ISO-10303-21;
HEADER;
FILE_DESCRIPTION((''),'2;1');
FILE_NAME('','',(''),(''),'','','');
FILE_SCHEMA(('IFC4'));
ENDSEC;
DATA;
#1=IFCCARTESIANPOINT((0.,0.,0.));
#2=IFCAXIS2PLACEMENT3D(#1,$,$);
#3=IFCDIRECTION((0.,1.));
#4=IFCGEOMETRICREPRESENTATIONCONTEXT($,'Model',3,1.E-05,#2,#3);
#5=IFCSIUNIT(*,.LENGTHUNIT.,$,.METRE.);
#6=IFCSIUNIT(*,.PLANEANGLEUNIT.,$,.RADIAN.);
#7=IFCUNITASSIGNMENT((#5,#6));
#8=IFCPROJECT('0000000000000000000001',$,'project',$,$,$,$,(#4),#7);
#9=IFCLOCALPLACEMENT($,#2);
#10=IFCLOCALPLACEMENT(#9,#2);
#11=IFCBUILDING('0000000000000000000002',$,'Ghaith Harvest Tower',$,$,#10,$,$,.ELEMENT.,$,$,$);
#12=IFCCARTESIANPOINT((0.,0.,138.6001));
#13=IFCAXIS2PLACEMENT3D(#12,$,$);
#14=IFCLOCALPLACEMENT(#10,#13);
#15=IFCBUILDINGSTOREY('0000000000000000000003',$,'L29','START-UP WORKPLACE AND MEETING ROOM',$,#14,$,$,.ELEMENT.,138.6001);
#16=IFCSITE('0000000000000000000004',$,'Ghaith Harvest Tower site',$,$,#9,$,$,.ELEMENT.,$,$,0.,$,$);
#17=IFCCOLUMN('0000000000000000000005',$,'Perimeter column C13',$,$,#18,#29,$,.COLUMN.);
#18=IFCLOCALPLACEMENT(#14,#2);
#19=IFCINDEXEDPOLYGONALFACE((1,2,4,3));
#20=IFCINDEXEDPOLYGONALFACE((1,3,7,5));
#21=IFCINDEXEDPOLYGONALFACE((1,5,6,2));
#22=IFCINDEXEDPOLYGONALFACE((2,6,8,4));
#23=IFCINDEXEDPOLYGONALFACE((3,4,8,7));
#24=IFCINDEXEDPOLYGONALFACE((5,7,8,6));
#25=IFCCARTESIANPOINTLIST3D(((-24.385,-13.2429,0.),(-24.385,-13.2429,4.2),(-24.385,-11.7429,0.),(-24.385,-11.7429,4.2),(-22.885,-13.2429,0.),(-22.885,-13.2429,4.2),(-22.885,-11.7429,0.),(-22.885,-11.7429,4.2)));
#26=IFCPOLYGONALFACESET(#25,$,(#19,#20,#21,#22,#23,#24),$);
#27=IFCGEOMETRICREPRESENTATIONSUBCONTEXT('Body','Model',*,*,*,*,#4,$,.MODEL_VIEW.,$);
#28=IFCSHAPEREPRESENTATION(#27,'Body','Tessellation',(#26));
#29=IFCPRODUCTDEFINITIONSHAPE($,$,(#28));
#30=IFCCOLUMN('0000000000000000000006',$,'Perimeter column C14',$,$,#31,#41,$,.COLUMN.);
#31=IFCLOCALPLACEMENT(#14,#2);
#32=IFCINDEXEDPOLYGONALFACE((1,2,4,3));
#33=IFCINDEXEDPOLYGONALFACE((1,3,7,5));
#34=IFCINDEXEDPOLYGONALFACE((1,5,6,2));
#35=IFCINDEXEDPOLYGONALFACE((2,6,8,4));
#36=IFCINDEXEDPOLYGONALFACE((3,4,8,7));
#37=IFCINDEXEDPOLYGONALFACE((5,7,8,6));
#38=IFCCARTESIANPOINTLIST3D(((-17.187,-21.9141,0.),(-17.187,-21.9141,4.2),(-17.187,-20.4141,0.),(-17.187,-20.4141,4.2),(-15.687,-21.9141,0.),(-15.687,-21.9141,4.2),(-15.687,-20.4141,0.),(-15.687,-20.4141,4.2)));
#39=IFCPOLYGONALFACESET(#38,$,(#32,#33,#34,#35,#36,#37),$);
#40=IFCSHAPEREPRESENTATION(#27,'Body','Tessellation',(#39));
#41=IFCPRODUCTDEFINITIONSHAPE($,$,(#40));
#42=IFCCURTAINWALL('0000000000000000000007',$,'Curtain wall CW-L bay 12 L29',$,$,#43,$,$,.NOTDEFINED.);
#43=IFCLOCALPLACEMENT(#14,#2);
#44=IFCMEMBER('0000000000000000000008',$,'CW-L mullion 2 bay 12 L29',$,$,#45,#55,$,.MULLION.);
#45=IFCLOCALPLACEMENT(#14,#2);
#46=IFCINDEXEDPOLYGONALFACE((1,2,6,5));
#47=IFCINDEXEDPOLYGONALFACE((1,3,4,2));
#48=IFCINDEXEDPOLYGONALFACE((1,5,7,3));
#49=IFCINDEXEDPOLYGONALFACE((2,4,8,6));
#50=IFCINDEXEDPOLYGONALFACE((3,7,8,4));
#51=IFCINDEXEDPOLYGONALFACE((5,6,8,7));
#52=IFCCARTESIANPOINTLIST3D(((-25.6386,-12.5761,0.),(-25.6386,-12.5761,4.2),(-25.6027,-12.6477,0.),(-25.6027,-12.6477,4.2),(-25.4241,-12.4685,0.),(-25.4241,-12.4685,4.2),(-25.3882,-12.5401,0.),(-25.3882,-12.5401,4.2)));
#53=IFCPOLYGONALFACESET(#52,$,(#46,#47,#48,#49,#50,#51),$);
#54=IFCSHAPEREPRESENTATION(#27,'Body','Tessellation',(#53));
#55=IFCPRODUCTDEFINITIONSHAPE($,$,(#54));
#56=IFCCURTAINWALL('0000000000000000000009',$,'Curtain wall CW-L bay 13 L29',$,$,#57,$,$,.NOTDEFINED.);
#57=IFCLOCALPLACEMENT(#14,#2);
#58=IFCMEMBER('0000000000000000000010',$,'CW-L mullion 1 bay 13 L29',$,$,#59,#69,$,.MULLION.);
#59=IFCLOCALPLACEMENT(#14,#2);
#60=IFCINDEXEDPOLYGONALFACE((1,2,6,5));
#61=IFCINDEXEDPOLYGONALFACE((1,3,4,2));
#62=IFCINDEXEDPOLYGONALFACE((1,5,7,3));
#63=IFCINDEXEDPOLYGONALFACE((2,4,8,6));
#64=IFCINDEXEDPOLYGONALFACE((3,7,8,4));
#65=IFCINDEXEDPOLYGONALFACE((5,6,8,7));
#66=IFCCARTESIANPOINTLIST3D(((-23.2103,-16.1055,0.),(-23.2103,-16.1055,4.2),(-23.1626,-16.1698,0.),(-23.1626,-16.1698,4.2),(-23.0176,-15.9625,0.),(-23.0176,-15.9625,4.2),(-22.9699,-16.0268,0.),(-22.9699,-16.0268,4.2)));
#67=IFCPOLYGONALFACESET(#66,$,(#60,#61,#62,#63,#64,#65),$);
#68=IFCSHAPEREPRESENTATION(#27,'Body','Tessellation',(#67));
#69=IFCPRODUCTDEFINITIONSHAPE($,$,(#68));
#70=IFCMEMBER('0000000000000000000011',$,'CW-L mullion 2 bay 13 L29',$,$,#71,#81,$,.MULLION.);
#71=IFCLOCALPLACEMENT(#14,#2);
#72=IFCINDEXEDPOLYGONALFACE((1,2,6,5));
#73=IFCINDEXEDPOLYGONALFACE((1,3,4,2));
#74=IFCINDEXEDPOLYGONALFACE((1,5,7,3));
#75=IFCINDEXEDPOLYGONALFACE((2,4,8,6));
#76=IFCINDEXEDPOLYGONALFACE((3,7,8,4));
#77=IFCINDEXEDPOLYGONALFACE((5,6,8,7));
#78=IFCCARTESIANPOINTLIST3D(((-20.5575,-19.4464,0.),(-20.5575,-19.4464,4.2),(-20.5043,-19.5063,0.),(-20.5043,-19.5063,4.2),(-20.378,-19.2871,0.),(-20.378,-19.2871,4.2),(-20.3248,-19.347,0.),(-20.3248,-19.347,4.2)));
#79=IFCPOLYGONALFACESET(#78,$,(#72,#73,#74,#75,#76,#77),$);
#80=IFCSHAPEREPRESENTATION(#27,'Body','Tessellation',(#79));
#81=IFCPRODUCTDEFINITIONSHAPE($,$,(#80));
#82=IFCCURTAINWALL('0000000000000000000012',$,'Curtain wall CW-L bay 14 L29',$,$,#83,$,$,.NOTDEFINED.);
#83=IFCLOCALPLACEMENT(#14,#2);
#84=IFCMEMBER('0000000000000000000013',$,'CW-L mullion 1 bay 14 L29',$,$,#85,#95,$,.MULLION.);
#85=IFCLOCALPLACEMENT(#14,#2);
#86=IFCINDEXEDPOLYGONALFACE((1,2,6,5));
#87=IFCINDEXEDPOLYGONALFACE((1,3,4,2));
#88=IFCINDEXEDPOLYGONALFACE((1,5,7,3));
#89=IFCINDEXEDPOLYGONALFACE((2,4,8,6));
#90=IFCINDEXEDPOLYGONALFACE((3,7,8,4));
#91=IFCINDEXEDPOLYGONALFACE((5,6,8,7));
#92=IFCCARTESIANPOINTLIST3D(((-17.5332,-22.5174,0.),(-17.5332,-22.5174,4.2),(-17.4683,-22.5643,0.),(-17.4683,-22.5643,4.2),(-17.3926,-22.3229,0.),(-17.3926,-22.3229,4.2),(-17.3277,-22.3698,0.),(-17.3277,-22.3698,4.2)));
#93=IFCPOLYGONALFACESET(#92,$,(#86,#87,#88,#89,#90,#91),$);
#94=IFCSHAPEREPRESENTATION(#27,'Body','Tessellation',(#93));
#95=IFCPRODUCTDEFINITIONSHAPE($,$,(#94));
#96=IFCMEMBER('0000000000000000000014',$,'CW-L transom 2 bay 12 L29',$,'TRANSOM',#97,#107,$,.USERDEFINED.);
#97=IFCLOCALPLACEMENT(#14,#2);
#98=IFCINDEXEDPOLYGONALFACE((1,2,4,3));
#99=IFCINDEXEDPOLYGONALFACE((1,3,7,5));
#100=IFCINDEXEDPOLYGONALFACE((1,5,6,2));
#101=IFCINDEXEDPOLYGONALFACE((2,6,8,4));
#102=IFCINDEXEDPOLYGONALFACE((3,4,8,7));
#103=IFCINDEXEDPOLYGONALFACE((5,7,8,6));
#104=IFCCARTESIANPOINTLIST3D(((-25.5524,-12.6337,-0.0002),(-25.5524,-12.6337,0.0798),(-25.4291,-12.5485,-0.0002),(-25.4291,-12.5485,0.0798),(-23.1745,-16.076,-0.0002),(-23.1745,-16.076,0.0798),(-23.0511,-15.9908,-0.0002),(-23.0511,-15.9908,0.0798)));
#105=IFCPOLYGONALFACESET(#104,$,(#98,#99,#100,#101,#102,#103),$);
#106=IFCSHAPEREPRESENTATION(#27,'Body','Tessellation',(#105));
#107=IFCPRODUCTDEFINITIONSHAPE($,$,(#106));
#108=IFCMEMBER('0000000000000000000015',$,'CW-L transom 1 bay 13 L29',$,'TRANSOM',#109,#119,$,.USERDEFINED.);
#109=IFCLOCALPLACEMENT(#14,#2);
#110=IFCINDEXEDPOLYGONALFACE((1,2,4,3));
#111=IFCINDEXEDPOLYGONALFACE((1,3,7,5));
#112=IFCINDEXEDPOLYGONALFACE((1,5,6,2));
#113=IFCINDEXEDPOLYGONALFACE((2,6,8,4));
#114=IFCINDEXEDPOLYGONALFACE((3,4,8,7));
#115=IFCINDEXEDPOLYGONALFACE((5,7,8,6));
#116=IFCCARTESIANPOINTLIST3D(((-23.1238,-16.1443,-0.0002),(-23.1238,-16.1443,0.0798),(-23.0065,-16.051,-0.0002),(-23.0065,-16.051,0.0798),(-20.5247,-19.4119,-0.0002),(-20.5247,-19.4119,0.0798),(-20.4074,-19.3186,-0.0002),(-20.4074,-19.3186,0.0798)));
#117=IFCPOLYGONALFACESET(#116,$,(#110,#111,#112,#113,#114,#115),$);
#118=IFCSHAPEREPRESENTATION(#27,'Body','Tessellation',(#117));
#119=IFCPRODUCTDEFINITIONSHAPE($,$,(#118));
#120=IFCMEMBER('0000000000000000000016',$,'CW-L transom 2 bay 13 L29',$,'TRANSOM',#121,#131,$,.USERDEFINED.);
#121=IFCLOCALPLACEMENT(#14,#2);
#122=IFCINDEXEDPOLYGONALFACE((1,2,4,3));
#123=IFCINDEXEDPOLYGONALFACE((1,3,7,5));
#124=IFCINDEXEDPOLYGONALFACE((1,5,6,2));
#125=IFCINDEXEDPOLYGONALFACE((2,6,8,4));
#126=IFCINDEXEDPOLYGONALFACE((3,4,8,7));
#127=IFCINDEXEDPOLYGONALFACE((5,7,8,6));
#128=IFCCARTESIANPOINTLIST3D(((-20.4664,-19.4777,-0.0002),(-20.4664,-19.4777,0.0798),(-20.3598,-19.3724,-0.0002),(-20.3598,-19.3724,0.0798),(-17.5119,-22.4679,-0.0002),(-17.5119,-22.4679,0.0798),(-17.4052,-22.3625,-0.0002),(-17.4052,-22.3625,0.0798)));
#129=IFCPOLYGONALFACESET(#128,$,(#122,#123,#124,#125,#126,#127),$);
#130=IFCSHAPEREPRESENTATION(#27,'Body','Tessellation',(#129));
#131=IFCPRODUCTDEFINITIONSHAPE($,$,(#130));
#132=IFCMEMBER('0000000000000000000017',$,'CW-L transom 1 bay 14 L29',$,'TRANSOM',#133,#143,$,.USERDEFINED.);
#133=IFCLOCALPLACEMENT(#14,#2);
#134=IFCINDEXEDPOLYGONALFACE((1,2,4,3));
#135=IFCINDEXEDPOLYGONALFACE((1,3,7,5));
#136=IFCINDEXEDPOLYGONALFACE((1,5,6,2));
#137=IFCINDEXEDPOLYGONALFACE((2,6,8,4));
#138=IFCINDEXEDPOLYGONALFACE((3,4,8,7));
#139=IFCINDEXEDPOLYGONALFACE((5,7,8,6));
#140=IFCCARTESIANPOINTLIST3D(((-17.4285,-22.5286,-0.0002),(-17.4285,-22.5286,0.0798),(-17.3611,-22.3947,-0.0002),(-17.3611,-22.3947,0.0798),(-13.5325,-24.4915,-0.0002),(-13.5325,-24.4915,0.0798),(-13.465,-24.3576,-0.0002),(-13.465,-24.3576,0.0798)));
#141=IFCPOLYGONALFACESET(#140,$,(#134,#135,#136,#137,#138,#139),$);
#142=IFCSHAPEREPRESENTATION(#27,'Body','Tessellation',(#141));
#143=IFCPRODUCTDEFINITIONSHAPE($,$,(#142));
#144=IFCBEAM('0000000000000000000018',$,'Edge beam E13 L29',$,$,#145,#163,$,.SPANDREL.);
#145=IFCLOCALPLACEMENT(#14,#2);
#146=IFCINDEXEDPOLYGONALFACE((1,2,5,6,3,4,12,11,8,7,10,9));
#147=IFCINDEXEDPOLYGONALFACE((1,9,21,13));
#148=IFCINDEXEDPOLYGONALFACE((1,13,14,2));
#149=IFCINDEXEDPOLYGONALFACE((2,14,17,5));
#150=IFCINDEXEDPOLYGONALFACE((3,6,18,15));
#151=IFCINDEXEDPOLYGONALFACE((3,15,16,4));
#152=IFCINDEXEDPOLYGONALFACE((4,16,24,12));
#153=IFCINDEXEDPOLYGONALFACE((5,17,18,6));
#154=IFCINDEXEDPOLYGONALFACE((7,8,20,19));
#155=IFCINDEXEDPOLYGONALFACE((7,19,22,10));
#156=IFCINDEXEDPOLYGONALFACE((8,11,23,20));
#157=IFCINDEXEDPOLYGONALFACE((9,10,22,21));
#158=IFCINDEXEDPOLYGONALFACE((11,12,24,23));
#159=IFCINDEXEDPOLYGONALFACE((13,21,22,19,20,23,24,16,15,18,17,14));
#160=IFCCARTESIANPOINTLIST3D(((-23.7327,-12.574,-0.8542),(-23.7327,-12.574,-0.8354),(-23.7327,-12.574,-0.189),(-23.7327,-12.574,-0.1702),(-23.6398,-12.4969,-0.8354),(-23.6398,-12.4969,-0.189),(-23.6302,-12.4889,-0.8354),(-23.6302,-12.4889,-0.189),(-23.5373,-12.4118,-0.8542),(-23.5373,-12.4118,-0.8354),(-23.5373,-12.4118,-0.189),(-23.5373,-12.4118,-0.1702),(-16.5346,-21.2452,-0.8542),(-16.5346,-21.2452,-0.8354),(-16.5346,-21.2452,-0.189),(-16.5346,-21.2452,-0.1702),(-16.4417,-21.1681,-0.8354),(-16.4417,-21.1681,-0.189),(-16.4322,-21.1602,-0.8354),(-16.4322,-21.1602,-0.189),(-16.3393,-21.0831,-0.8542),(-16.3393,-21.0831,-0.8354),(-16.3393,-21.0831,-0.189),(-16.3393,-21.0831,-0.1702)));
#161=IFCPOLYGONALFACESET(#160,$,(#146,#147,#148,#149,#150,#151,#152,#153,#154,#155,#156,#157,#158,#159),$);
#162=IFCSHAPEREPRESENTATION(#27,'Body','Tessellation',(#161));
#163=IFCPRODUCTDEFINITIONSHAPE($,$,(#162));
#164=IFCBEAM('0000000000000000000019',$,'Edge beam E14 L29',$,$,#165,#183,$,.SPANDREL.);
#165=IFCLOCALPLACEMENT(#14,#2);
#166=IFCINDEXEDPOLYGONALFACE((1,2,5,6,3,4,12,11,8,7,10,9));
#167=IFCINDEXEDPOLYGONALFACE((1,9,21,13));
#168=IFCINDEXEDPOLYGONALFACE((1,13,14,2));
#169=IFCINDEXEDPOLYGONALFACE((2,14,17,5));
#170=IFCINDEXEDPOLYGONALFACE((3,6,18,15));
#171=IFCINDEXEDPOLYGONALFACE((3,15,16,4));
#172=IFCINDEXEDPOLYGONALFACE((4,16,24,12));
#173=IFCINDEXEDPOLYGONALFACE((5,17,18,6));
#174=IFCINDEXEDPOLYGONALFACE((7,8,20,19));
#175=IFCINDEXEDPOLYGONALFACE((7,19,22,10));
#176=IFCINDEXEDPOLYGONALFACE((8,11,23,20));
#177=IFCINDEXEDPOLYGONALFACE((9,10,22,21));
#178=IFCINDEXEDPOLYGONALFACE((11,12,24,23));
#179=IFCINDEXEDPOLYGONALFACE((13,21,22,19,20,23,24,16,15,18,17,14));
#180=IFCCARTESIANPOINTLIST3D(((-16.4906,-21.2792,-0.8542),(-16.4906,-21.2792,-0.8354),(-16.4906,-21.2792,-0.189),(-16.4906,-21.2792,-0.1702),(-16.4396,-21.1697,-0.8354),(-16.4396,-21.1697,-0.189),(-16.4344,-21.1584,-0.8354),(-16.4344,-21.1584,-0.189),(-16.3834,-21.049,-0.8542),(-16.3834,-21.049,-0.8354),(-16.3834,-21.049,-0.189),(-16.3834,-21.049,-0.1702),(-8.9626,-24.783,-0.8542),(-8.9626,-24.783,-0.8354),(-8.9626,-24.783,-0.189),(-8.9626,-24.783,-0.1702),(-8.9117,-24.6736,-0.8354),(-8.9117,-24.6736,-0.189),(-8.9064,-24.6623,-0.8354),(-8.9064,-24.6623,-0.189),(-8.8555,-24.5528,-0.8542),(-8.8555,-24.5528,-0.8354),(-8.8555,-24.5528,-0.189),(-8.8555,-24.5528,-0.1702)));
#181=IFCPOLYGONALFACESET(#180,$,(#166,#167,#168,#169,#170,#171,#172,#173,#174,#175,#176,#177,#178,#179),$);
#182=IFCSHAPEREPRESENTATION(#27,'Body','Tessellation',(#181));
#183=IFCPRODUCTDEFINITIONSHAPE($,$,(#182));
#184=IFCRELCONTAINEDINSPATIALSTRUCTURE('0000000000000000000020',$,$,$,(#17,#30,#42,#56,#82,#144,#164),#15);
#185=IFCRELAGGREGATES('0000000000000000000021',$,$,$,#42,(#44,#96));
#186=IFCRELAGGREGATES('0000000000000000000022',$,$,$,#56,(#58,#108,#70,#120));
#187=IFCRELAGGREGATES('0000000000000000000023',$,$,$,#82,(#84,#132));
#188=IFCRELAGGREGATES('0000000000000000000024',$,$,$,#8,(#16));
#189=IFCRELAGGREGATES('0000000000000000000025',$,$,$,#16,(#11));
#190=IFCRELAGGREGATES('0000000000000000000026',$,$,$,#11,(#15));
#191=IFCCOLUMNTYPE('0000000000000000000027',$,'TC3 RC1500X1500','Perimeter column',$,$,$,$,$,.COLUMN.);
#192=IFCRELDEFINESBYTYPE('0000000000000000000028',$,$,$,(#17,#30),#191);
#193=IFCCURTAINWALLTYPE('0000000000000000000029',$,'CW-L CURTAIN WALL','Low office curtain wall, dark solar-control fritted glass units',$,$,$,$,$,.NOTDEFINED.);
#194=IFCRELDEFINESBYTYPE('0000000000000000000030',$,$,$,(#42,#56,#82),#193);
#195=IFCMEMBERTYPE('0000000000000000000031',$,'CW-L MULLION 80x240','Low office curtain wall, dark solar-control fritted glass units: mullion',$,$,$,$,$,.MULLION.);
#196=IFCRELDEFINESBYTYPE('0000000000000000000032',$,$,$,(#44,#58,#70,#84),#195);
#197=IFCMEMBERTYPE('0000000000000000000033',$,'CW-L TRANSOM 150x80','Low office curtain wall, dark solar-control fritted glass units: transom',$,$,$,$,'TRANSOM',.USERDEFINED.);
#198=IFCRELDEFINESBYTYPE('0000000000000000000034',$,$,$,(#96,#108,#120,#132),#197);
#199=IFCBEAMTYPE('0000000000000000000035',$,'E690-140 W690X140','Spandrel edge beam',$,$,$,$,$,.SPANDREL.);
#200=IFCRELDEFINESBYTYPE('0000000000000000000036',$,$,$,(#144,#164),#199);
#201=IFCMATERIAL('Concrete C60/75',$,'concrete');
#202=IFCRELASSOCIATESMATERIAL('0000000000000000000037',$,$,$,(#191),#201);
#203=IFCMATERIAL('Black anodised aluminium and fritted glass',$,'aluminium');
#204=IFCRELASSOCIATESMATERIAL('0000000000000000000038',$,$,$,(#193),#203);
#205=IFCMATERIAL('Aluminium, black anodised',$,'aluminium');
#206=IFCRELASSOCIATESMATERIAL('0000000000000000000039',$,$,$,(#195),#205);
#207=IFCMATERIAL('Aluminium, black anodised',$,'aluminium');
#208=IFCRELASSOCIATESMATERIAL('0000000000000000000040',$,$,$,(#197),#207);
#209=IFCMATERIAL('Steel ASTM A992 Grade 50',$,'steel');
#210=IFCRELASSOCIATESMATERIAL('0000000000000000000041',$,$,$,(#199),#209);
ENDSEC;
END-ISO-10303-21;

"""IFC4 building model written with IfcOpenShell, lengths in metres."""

from ifc_helpers import new_model, si_unit, direction, frame, origin, origin_2d, place, context, subcontext, project, spatial, rectangle, i_section, extrude, material, material_profile, profile_set, type_object, element, aggregate, save


model = new_model("IFC4")

# Units and contexts
model_context = context("Model", 3, precision=1e-05, world=origin(), true_north=direction((0.0, 1.0)))
body_context = subcontext(model_context, "Body", "Model", "MODEL_VIEW")
ifc_project = project(units=[si_unit("LENGTHUNIT", "METRE"), si_unit("PLANEANGLEUNIT", "RADIAN")], contexts=[model_context])

# Site, building, storey
site_placement = place(None, origin())
site = spatial("IfcSite", under=ifc_project, at=site_placement, Name="Ghaith Harvest Tower site", CompositionType="ELEMENT", RefElevation=0.0)
building_placement = place(site_placement, origin())
building = spatial("IfcBuilding", under=site, at=building_placement, Name="Ghaith Harvest Tower", CompositionType="ELEMENT")
storey_placement = place(building_placement, frame((0.0, 0.0, 138.6001)))
storey = spatial("IfcBuildingStorey", under=building, at=storey_placement, Name="L29", Description="START-UP WORKPLACE AND MEETING ROOM", CompositionType="ELEMENT", Elevation=138.6001)

# Columns
ifc_material_1 = material(Name="Concrete C60/75", Category="concrete")
ifc_material_profile_1 = material_profile(ifc_material_1, rectangle(XDim=1.5, YDim=1.5, at=origin_2d()), Name="RC1500X1500")
ifc_profile_set_1 = profile_set([ifc_material_profile_1], Name="Concrete C60/75")
column_type = type_object("IfcColumnType", Name="TC3 RC1500X1500", Description="Perimeter column", PredefinedType="COLUMN", material=ifc_profile_set_1)
for number, where, z_axis, x_axis, name in (
    (1, (-23.635, -12.4929, 0.0), (0.0, 0.0, 1.0), (1.0, 0.0, 0.0), "Perimeter column C13"),
    (2, (-16.437, -21.1641, 0.0), (0.0, 0.0, 1.0), (1.0, 0.0, 0.0), "Perimeter column C14"),
):
    element("IfcColumn", number, at=place(storey_placement, frame(where, z_axis=z_axis, x_axis=x_axis)), inside=storey, type_object=column_type, Name=name, PredefinedType="COLUMN", context=body_context, shape_type="SweptSolid", body=[
        extrude(rectangle(XDim=1.5, YDim=1.5, at=origin_2d()), origin(), (0.0, 0.0, 1.0), 4.2),
    ])

# Curtain wall, member
ifc_material_2 = material(Name="Black anodised aluminium and fritted glass", Category="aluminium")
curtain_wall_type = type_object("IfcCurtainWallType", Name="CW-L CURTAIN WALL", Description="Low office curtain wall, dark solar-control fritted glass units", PredefinedType="NOTDEFINED", material=ifc_material_2)
curtain_wall_1_placement = place(storey_placement, origin())
curtain_wall_1 = element("IfcCurtainWall", 3, at=curtain_wall_1_placement, inside=storey, type_object=curtain_wall_type, Name="Curtain wall CW-L bay 12 L29", PredefinedType="NOTDEFINED")
ifc_material_3 = material(Name="Aluminium, black anodised", Category="aluminium")
ifc_material_profile_2 = material_profile(ifc_material_3, rectangle(XDim=0.0801, YDim=0.24, at=origin_2d()), Name="CW-L MULLION 80x240")
ifc_profile_set_2 = profile_set([ifc_material_profile_2], Name="Aluminium, black anodised")
member_type_1 = type_object("IfcMemberType", Name="CW-L MULLION 80x240", Description="Low office curtain wall, dark solar-control fritted glass units: mullion", PredefinedType="MULLION", material=ifc_profile_set_2)
member_1_placement = place(storey_placement, frame((-25.5134, -12.5581, 0.0), z_axis=(0.0, 0.0, 1.0), x_axis=(0.448267, -0.8939, 0.0)))
member_1 = element("IfcMember", 4, at=member_1_placement, type_object=member_type_1, Name="CW-L mullion 2 bay 12 L29", PredefinedType="MULLION", context=body_context, shape_type="SweptSolid", body=[
    extrude(rectangle(XDim=0.0801, YDim=0.24, at=origin_2d()), origin(), (0.0, 0.0, 1.0), 4.2),
])

# Curtain wall, members
curtain_wall_2_placement = place(storey_placement, origin())
curtain_wall_2 = element("IfcCurtainWall", 5, at=curtain_wall_2_placement, inside=storey, type_object=curtain_wall_type, Name="Curtain wall CW-L bay 13 L29", PredefinedType="NOTDEFINED")
member_2_placement = place(storey_placement, frame((-23.0901, -16.0662, 0.0), z_axis=(0.0, 0.0, 1.0), x_axis=(0.59574, -0.803177, 0.0)))
member_2 = element("IfcMember", 6, at=member_2_placement, type_object=member_type_1, Name="CW-L mullion 1 bay 13 L29", PredefinedType="MULLION", context=body_context, shape_type="SweptSolid", body=[
    extrude(rectangle(XDim=0.0801, YDim=0.24, at=origin_2d()), origin(), (0.0, 0.0, 1.0), 4.2),
])
member_3_placement = place(storey_placement, frame((-20.4412, -19.3967, 0.0), z_axis=(0.0, 0.0, 1.0), x_axis=(0.663765, -0.747941, 0.0)))
member_3 = element("IfcMember", 7, at=member_3_placement, type_object=member_type_1, Name="CW-L mullion 2 bay 13 L29", PredefinedType="MULLION", context=body_context, shape_type="SweptSolid", body=[
    extrude(rectangle(XDim=0.0801, YDim=0.24, at=origin_2d()), origin(), (0.0, 0.0, 1.0), 4.2),
])

# Curtain wall, member
curtain_wall_3_placement = place(storey_placement, origin())
curtain_wall_3 = element("IfcCurtainWall", 8, at=curtain_wall_3_placement, inside=storey, type_object=curtain_wall_type, Name="Curtain wall CW-L bay 14 L29", PredefinedType="NOTDEFINED")
member_4_placement = place(storey_placement, frame((-17.4304, -22.4436, 0.0), z_axis=(0.0, 0.0, 1.0), x_axis=(0.810339, -0.585961, 0.0)))
member_4 = element("IfcMember", 9, at=member_4_placement, type_object=member_type_1, Name="CW-L mullion 1 bay 14 L29", PredefinedType="MULLION", context=body_context, shape_type="SweptSolid", body=[
    extrude(rectangle(XDim=0.0801, YDim=0.24, at=origin_2d()), origin(), (0.0, 0.0, 1.0), 4.2),
])

# Members
ifc_material_4 = material(Name="Aluminium, black anodised", Category="aluminium")
ifc_material_profile_3 = material_profile(ifc_material_4, rectangle(XDim=0.1499, YDim=0.0801, at=origin_2d()), Name="CW-L TRANSOM 150x80")
ifc_profile_set_3 = profile_set([ifc_material_profile_3], Name="Aluminium, black anodised")
member_type_2 = type_object("IfcMemberType", Name="CW-L TRANSOM 150x80", Description="Low office curtain wall, dark solar-control fritted glass units: transom", ElementType="TRANSOM", PredefinedType="USERDEFINED", material=ifc_profile_set_3)
member_5_placement = place(storey_placement, frame((-25.4907, -12.5911, 0.0398), z_axis=(0.56836, -0.82278, 0.0), x_axis=(0.82278, 0.56836, 0.0)))
member_5 = element("IfcMember", 10, at=member_5_placement, type_object=member_type_2, Name="CW-L transom 2 bay 12 L29", ObjectType="TRANSOM", PredefinedType="USERDEFINED", context=body_context, shape_type="SweptSolid", body=[
    extrude(rectangle(XDim=0.1499, YDim=0.0801, at=origin_2d()), origin(), (0.0, 0.0, 1.0), 4.1838),
])
member_6_placement = place(storey_placement, frame((-23.0652, -16.0977, 0.0398), z_axis=(0.622511, -0.782611, 0.0), x_axis=(0.782611, 0.622511, 0.0)))
member_6 = element("IfcMember", 11, at=member_6_placement, type_object=member_type_2, Name="CW-L transom 1 bay 13 L29", ObjectType="TRANSOM", PredefinedType="USERDEFINED", context=body_context, shape_type="SweptSolid", body=[
    extrude(rectangle(XDim=0.1499, YDim=0.0801, at=origin_2d()), origin(), (0.0, 0.0, 1.0), 4.1753),
])
member_7_placement = place(storey_placement, frame((-20.4131, -19.425, 0.0398), z_axis=(0.702854, -0.711334, 0.0), x_axis=(0.711334, 0.702854, 0.0)))
member_7 = element("IfcMember", 12, at=member_7_placement, type_object=member_type_2, Name="CW-L transom 2 bay 13 L29", ObjectType="TRANSOM", PredefinedType="USERDEFINED", context=body_context, shape_type="SweptSolid", body=[
    extrude(rectangle(XDim=0.1499, YDim=0.0801, at=origin_2d()), origin(), (0.0, 0.0, 1.0), 4.2036),
])
member_8_placement = place(storey_placement, frame((-17.3948, -22.4617, 0.0398), z_axis=(0.893058, -0.449943, 0.0), x_axis=(0.449943, 0.893058, 0.0)))
member_8 = element("IfcMember", 13, at=member_8_placement, type_object=member_type_2, Name="CW-L transom 1 bay 14 L29", ObjectType="TRANSOM", PredefinedType="USERDEFINED", context=body_context, shape_type="SweptSolid", body=[
    extrude(rectangle(XDim=0.1499, YDim=0.0801, at=origin_2d()), origin(), (0.0, 0.0, 1.0), 4.3625),
])

# Beams
ifc_material_5 = material(Name="Steel ASTM A992 Grade 50", Category="steel")
ifc_material_profile_4 = material_profile(ifc_material_5, i_section(OverallWidth=0.2539, OverallDepth=0.6841, WebThickness=0.0125, FlangeThickness=0.0188, at=origin_2d()), Name="W690X140")
ifc_profile_set_4 = profile_set([ifc_material_profile_4], Name="Steel ASTM A992 Grade 50")
beam_type = type_object("IfcBeamType", Name="E690-140 W690X140", Description="Spandrel edge beam", PredefinedType="SPANDREL", material=ifc_profile_set_4)
beam_1_placement = place(storey_placement, frame((-23.635, -12.4929, -0.5122), z_axis=(0.638719, -0.76944, 0.0), x_axis=(0.76944, 0.638719, 0.0)))
element("IfcBeam", 14, at=beam_1_placement, inside=storey, type_object=beam_type, Name="Edge beam E13 L29", PredefinedType="SPANDREL", context=body_context, shape_type="SweptSolid", body=[
    extrude(i_section(OverallWidth=0.2539, OverallDepth=0.6841, WebThickness=0.0125, FlangeThickness=0.0188, at=origin_2d()), origin(), (0.0, 0.0, 1.0), 11.2695),
])
beam_2_placement = place(storey_placement, frame((-16.437, -21.1641, -0.5122), z_axis=(0.906607, -0.421976, 0.0), x_axis=(0.421976, 0.906607, 0.0)))
element("IfcBeam", 15, at=beam_2_placement, inside=storey, type_object=beam_type, Name="Edge beam E14 L29", PredefinedType="SPANDREL", context=body_context, shape_type="SweptSolid", body=[
    extrude(i_section(OverallWidth=0.2539, OverallDepth=0.6841, WebThickness=0.0125, FlangeThickness=0.0188, at=origin_2d()), origin(), (0.0, 0.0, 1.0), 8.3035),
])

aggregate(curtain_wall_1, [member_1, member_5])
aggregate(curtain_wall_2, [member_2, member_6, member_3, member_7])
aggregate(curtain_wall_3, [member_4, member_8])

save(model, "model.ifc")
